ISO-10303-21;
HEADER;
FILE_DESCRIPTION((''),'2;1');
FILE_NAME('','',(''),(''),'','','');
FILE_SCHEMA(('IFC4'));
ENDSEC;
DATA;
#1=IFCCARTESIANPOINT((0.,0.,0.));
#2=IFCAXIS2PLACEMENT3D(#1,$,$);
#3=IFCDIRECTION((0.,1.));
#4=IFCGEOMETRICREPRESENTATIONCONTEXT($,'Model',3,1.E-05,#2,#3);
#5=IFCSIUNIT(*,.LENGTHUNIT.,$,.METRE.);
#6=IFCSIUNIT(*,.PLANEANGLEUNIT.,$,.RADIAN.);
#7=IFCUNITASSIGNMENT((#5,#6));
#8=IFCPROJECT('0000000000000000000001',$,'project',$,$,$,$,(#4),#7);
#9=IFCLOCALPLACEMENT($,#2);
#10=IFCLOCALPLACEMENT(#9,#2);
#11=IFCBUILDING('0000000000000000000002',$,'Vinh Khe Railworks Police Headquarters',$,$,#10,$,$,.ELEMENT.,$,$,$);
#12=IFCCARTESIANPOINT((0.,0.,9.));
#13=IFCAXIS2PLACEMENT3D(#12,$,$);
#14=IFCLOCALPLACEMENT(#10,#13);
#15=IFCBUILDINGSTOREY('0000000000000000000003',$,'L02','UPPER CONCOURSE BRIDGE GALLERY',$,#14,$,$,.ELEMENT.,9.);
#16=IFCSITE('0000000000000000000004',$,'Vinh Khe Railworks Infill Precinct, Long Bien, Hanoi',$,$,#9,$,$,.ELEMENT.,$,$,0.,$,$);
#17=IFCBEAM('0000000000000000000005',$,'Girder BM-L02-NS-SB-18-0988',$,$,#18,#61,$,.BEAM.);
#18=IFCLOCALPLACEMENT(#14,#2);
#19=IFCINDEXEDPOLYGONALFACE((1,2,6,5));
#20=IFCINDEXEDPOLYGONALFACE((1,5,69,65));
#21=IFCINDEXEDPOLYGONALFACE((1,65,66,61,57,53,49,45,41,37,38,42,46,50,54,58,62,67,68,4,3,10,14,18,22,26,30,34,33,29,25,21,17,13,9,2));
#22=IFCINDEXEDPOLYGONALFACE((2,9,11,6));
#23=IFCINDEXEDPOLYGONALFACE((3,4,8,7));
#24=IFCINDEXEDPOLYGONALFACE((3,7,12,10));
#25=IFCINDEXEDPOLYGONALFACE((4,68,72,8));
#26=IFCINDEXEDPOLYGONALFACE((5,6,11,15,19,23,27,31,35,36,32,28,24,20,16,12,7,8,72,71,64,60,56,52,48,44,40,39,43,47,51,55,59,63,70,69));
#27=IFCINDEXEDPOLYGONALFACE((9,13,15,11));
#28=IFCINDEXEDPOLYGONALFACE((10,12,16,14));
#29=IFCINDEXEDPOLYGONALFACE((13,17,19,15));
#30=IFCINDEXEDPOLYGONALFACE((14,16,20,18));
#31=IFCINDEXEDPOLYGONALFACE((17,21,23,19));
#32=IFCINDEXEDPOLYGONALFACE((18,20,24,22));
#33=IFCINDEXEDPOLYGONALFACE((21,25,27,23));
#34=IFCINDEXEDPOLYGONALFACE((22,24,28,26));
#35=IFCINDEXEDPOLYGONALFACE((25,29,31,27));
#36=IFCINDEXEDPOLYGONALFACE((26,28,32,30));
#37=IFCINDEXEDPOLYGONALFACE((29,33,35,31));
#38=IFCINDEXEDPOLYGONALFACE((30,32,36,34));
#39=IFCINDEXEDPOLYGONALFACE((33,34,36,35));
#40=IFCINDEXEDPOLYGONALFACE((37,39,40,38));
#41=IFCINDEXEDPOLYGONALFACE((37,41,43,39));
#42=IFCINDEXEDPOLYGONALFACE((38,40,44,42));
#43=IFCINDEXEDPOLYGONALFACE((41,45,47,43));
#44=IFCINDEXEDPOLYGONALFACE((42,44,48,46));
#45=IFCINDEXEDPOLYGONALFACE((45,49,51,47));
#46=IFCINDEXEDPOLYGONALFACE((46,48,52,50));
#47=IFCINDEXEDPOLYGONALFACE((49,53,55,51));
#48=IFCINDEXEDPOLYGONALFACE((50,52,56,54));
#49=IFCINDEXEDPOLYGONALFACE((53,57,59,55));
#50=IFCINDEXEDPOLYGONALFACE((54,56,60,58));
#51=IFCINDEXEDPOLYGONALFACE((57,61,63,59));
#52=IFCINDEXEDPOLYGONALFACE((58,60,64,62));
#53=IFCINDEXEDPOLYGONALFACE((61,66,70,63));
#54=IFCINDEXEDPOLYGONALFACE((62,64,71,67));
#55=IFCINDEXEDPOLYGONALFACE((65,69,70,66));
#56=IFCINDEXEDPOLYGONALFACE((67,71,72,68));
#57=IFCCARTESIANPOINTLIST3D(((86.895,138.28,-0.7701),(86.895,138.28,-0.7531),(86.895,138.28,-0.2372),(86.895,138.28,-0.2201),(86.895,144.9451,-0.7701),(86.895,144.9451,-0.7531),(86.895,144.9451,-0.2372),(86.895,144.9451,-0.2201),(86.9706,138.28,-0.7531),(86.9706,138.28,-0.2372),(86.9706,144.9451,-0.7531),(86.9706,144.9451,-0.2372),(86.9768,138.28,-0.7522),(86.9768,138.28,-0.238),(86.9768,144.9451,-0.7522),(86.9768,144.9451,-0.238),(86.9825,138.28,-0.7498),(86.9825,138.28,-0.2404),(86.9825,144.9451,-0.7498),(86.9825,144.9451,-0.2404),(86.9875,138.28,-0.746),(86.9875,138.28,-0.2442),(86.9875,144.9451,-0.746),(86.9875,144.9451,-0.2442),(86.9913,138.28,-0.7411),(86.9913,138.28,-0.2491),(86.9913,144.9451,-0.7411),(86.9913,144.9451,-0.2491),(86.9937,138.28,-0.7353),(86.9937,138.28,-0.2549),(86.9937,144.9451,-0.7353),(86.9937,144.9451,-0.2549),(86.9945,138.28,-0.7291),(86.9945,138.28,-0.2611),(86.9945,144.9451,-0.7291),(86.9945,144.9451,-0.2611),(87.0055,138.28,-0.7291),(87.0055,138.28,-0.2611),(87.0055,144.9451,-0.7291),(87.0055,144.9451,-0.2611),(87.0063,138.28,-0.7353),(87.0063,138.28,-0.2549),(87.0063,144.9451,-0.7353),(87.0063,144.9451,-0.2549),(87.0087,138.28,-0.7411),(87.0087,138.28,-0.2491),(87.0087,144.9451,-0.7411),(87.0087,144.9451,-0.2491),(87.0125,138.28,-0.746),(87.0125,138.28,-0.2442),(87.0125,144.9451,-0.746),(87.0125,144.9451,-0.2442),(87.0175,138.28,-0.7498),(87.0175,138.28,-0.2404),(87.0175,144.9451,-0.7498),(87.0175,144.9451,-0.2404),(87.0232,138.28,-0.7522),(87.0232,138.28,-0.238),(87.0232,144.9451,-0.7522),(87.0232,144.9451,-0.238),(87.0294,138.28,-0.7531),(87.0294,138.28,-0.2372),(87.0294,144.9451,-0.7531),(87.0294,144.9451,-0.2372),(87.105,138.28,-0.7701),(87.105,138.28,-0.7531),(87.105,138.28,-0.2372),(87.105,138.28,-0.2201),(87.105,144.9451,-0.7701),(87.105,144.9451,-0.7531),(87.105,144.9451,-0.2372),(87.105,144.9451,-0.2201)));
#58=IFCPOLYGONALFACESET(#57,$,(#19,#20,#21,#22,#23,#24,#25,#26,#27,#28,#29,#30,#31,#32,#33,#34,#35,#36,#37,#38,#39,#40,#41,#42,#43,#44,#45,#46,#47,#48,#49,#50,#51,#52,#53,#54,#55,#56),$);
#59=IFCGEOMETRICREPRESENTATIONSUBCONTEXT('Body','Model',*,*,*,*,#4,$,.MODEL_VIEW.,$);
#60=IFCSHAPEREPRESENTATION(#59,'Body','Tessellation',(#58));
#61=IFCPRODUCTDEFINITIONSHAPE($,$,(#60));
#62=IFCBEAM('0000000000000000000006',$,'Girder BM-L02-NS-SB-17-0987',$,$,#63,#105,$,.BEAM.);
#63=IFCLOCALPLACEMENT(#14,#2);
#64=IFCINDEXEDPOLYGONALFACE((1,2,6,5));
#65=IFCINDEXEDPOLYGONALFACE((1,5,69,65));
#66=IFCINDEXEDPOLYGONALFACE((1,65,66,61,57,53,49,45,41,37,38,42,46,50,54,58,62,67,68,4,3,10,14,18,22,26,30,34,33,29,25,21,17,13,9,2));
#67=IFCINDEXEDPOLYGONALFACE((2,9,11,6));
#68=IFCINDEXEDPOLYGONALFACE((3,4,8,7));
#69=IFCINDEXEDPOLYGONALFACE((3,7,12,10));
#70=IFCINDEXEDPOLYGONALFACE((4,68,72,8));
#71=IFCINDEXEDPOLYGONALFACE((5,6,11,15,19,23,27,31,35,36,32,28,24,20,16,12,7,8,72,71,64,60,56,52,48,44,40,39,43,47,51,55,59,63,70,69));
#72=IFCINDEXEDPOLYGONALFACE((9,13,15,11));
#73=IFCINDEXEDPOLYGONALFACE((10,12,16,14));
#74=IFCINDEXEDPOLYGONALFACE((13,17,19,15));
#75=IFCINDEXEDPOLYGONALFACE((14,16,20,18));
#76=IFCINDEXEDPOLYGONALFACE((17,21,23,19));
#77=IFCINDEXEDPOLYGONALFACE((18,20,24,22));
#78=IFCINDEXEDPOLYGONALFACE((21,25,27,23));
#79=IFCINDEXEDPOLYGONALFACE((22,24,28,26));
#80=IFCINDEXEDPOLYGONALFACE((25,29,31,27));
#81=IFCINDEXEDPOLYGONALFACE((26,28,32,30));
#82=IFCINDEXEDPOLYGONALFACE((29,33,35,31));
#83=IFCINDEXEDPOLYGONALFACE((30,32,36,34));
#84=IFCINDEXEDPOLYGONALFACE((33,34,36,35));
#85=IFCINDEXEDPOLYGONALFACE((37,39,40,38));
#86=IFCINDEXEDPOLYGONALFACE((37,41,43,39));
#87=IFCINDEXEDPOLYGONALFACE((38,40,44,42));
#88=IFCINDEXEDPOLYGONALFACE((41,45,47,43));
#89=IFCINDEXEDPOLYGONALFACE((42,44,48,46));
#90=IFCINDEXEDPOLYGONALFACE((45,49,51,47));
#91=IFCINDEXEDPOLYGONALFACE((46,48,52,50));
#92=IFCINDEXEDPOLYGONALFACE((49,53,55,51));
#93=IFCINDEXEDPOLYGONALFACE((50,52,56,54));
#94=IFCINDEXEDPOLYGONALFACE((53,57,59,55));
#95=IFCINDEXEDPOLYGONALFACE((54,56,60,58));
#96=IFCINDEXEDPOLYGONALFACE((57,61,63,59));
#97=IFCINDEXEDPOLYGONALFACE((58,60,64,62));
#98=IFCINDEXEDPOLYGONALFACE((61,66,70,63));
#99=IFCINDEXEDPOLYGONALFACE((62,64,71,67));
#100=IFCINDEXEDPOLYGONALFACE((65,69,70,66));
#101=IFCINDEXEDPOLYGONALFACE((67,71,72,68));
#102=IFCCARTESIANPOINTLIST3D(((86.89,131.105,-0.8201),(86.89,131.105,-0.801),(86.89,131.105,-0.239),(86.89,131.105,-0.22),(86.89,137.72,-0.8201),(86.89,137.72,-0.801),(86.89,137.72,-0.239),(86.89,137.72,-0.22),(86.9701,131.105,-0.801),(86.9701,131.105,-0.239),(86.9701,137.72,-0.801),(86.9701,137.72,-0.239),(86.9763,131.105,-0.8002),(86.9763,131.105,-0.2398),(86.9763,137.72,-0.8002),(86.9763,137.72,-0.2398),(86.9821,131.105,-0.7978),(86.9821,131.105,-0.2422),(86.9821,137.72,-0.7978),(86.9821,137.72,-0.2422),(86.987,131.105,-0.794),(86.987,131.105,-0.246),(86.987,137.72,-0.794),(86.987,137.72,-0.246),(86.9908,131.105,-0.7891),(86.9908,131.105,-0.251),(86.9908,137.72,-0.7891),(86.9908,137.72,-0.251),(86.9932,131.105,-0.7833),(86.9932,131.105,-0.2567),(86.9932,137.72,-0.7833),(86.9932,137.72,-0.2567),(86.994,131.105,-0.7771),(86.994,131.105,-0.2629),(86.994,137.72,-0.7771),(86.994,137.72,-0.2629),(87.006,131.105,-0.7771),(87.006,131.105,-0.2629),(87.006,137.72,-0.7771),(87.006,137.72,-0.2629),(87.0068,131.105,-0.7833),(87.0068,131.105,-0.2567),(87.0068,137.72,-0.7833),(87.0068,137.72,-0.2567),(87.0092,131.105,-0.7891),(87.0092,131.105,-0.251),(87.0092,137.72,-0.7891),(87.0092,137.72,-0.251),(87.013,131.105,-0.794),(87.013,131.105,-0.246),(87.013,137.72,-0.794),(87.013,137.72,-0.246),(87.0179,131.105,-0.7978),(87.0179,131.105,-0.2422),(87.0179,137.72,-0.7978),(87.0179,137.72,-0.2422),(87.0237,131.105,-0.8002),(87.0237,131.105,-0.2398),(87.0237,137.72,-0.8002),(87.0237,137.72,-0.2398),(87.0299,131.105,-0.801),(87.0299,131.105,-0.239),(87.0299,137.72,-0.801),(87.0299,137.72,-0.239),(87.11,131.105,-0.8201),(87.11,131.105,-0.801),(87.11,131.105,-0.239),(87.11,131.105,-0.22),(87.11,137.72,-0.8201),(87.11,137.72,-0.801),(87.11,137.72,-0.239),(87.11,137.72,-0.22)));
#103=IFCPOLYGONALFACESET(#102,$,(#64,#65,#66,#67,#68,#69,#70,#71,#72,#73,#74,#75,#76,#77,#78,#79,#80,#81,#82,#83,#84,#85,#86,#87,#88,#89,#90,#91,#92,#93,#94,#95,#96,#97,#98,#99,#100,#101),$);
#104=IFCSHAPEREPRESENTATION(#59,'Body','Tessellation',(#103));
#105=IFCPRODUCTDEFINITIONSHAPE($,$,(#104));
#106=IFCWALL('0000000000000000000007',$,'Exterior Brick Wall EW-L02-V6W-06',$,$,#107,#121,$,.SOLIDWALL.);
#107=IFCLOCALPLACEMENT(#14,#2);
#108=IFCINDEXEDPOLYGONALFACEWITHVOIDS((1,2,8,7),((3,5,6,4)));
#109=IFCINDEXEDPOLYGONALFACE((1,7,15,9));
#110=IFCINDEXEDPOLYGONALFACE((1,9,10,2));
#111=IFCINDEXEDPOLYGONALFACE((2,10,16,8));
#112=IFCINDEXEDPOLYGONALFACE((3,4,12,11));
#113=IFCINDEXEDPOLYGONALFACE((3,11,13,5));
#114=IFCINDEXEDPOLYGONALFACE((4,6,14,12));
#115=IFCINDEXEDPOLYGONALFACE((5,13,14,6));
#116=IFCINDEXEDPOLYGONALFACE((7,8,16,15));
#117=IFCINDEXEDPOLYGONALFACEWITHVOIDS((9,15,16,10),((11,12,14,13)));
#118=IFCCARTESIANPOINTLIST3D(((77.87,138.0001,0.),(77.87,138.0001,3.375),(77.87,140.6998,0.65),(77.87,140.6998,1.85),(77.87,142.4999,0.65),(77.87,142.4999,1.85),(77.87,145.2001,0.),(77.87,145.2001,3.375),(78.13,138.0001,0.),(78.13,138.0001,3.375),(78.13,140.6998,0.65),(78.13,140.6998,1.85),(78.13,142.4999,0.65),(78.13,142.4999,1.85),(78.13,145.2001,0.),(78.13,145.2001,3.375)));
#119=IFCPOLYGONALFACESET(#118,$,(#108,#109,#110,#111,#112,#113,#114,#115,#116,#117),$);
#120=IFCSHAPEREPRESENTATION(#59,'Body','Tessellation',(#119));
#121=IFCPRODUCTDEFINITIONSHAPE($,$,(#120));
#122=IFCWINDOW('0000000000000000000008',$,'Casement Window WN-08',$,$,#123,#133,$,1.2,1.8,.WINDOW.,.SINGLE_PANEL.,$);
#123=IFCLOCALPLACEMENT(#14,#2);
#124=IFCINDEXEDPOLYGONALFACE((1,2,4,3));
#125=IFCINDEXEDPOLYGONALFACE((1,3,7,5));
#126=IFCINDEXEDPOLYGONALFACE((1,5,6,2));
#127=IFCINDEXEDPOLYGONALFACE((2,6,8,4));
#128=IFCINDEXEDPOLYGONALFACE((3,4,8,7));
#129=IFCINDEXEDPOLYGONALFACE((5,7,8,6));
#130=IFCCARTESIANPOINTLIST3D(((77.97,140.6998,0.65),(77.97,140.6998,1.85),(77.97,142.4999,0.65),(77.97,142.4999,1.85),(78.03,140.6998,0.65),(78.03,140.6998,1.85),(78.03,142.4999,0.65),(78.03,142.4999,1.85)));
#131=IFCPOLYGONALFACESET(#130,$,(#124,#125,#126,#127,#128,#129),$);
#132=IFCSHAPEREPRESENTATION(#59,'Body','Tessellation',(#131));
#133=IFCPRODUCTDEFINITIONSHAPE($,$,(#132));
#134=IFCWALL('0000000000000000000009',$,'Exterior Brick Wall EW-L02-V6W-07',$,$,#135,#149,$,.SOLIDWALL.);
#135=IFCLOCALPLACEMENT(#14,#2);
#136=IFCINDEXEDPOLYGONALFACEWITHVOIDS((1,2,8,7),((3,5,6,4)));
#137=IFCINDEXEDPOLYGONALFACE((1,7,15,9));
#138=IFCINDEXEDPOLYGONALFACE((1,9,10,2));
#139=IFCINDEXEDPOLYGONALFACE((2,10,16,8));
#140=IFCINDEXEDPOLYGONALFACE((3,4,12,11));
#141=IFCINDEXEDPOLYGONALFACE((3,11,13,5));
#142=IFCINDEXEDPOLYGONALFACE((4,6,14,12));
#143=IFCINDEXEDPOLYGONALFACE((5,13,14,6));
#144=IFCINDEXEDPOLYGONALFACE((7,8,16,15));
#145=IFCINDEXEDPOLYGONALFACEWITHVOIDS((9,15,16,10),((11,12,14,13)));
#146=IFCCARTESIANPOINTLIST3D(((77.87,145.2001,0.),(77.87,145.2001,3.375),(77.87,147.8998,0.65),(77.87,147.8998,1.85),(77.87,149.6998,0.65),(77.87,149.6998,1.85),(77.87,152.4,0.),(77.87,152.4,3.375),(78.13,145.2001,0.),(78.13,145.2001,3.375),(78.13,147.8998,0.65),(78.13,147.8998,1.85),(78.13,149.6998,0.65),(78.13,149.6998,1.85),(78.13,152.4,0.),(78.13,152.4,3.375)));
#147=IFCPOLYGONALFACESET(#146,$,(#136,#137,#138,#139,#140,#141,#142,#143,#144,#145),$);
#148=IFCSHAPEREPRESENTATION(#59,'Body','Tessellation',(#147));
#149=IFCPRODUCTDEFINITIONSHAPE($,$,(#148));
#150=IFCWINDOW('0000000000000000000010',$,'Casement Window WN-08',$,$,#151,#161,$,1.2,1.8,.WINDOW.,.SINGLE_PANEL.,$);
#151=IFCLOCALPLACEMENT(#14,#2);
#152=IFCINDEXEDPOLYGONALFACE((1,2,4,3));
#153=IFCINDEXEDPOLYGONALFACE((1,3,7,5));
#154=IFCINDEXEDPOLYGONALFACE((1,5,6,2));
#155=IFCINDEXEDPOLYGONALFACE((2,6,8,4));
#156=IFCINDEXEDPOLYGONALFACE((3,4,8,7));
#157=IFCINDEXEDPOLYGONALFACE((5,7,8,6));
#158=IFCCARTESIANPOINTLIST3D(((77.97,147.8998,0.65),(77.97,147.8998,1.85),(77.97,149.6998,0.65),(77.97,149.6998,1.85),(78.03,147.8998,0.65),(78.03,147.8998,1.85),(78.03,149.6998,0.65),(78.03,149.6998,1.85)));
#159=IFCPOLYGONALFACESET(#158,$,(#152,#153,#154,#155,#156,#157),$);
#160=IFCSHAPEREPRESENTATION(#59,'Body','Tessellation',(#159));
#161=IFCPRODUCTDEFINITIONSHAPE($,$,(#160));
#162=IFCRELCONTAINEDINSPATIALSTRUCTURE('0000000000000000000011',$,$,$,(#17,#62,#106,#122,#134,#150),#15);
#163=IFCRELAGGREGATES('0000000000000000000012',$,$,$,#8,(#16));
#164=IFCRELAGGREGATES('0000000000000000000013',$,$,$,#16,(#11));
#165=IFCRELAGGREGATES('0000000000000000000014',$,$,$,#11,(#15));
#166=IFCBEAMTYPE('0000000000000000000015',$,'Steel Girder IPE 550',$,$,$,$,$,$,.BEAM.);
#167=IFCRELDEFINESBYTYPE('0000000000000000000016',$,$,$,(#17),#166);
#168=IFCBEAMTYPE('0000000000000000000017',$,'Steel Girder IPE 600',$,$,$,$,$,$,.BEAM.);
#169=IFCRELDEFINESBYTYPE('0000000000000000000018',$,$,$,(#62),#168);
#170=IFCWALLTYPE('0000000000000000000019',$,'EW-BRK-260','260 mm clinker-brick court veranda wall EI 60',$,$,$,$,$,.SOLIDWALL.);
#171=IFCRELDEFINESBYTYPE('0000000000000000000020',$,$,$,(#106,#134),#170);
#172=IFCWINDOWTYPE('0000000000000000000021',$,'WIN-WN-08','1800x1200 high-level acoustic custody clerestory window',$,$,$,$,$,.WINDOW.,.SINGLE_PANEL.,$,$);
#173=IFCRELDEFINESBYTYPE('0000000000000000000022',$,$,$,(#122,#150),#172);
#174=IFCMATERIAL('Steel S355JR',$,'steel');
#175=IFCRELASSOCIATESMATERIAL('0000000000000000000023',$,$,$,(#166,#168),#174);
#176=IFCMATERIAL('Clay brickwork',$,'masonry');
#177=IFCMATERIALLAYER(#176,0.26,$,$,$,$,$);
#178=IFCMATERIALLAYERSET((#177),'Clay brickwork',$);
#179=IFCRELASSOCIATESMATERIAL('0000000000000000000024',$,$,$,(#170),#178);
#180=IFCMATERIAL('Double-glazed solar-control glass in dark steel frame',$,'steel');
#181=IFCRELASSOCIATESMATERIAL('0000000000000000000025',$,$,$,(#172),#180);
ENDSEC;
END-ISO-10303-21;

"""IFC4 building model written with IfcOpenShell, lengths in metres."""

from ifc_helpers import new_model, si_unit, direction, frame, frame_2d, origin, origin_2d, place, context, subcontext, project, spatial, rectangle, i_section, extrude, material, layer, layer_set, material_profile, profile_set, type_object, element, fill, save


model = new_model("IFC4")

# Units and contexts
model_context = context("Model", 3, precision=1e-05, world=origin(), true_north=direction((0.0, 1.0)))
body_context = subcontext(model_context, "Body", "Model", "MODEL_VIEW")
ifc_project = project(units=[si_unit("LENGTHUNIT", "METRE"), si_unit("PLANEANGLEUNIT", "RADIAN")], contexts=[model_context])

# Site, building, storey
site_placement = place(None, origin())
site = spatial("IfcSite", under=ifc_project, at=site_placement, Name="Vinh Khe Railworks Infill Precinct, Long Bien, Hanoi", CompositionType="ELEMENT", RefElevation=0.0)
building_placement = place(site_placement, origin())
building = spatial("IfcBuilding", under=site, at=building_placement, Name="Vinh Khe Railworks Police Headquarters", CompositionType="ELEMENT")
storey_placement = place(building_placement, frame((0.0, 0.0, 9.0)))
storey = spatial("IfcBuildingStorey", under=building, at=storey_placement, Name="L02", Description="UPPER CONCOURSE BRIDGE GALLERY", CompositionType="ELEMENT", Elevation=9.0)

# Shared definitions
ifc_material_1 = material(Name="Steel S355JR", Category="steel")

# Beams
ifc_material_profile_1 = material_profile(ifc_material_1, i_section(OverallWidth=0.21, OverallDepth=0.55, WebThickness=0.011, FlangeThickness=0.0171, FilletRadius=0.0239, at=origin_2d()), Name="IPE 550")
ifc_profile_set_1 = profile_set([ifc_material_profile_1], Name="Steel S355JR")
beam_type_1 = type_object("IfcBeamType", Name="Steel Girder IPE 550", PredefinedType="BEAM", material=ifc_profile_set_1)
beam_1_placement = place(storey_placement, frame((87.0, 138.28, -0.4951), z_axis=(0.0, 1.0, 0.0), x_axis=(-1.0, 0.0, 0.0)))
element("IfcBeam", 1, at=beam_1_placement, inside=storey, type_object=beam_type_1, Name="Girder BM-L02-NS-SB-18-0988", PredefinedType="BEAM", context=body_context, shape_type="SweptSolid", body=[
    extrude(i_section(OverallWidth=0.21, OverallDepth=0.55, WebThickness=0.011, FlangeThickness=0.0171, FilletRadius=0.0239, at=origin_2d()), origin(), (0.0, 0.0, 1.0), 6.665),
])
ifc_material_profile_2 = material_profile(ifc_material_1, i_section(OverallWidth=0.22, OverallDepth=0.6001, WebThickness=0.012, FlangeThickness=0.019, FilletRadius=0.0239, at=origin_2d()), Name="IPE 600")
ifc_profile_set_2 = profile_set([ifc_material_profile_2], Name="Steel S355JR")
beam_type_2 = type_object("IfcBeamType", Name="Steel Girder IPE 600", PredefinedType="BEAM", material=ifc_profile_set_2)
beam_2_placement = place(storey_placement, frame((87.0, 131.105, -0.52), z_axis=(0.0, 1.0, 0.0), x_axis=(-1.0, 0.0, 0.0)))
element("IfcBeam", 2, at=beam_2_placement, inside=storey, type_object=beam_type_2, Name="Girder BM-L02-NS-SB-17-0987", PredefinedType="BEAM", context=body_context, shape_type="SweptSolid", body=[
    extrude(i_section(OverallWidth=0.22, OverallDepth=0.6001, WebThickness=0.012, FlangeThickness=0.019, FilletRadius=0.0239, at=origin_2d()), origin(), (0.0, 0.0, 1.0), 6.615),
])

# Walls, openings, windows
ifc_material_2 = material(Name="Clay brickwork", Category="masonry")
ifc_layer_1 = layer(ifc_material_2, 0.26)
ifc_layer_set_1 = layer_set([ifc_layer_1], Name="Clay brickwork")
wall_type_1 = type_object("IfcWallType", Name="EW-BRK-260", Description="260 mm clinker-brick court veranda wall EI 60", PredefinedType="SOLIDWALL", material=ifc_layer_set_1)
wall_1_placement = place(storey_placement, frame((78.0, 138.0, 0.0), z_axis=(0.0, 0.0, 1.0), x_axis=(0.0, 1.0, 0.0)))
wall_1 = element("IfcWall", 3, at=wall_1_placement, inside=storey, type_object=wall_type_1, Name="Exterior Brick Wall EW-L02-V6W-06", PredefinedType="SOLIDWALL", context=body_context, shape_type="SweptSolid", body=[
    extrude(rectangle(XDim=7.2, YDim=0.26, at=frame_2d((3.6001, 0.0))), origin(), (0.0, 0.0, 1.0), 3.375),
])
opening_1_placement = place(wall_1_placement, frame((2.7, 0.0, 0.6499)))
opening_1 = element("IfcOpeningElement", 4, at=opening_1_placement, cuts=wall_1, PredefinedType="OPENING", context=body_context, shape_type="SweptSolid", body=[
    extrude(rectangle(XDim=1.8, YDim=1.2, at=frame_2d((0.8999, 0.6001))), frame((0.0, 0.145, 0.0), z_axis=(0.0, -1.0, 0.0), x_axis=(1.0, 0.0, 0.0)), (0.0, 0.0, 1.0), 0.2898),
])
ifc_material_3 = material(Name="Double-glazed solar-control glass in dark steel frame", Category="steel")
window_type_1 = type_object("IfcWindowType", Name="WIN-WN-08", Description="1800x1200 high-level acoustic custody clerestory window", PartitioningType="SINGLE_PANEL", PredefinedType="WINDOW", material=ifc_material_3)
window_1_placement = place(opening_1_placement, origin())
window_1 = element("IfcWindow", 5, at=window_1_placement, inside=storey, type_object=window_type_1, Name="Casement Window WN-08", OverallHeight=1.2, OverallWidth=1.8, PartitioningType="SINGLE_PANEL", PredefinedType="WINDOW", context=body_context, shape_type="SweptSolid", body=[
    extrude(rectangle(XDim=1.8, YDim=1.2, at=frame_2d((0.8999, 0.6001))), frame((0.0, 0.03, 0.0), z_axis=(0.0, -1.0, 0.0), x_axis=(1.0, 0.0, 0.0)), (0.0, 0.0, 1.0), 0.0601),
])
fill(opening_1, window_1)
wall_2_placement = place(storey_placement, frame((78.0, 145.2, 0.0), z_axis=(0.0, 0.0, 1.0), x_axis=(0.0, 1.0, 0.0)))
wall_2 = element("IfcWall", 6, at=wall_2_placement, inside=storey, type_object=wall_type_1, Name="Exterior Brick Wall EW-L02-V6W-07", PredefinedType="SOLIDWALL", context=body_context, shape_type="SweptSolid", body=[
    extrude(rectangle(XDim=7.2, YDim=0.26, at=frame_2d((3.6001, 0.0))), origin(), (0.0, 0.0, 1.0), 3.375),
])
opening_2_placement = place(wall_2_placement, frame((2.7, 0.0, 0.6499)))
opening_2 = element("IfcOpeningElement", 7, at=opening_2_placement, cuts=wall_2, PredefinedType="OPENING", context=body_context, shape_type="SweptSolid", body=[
    extrude(rectangle(XDim=1.8, YDim=1.2, at=frame_2d((0.8999, 0.6001))), frame((0.0, 0.145, 0.0), z_axis=(0.0, -1.0, 0.0), x_axis=(1.0, 0.0, 0.0)), (0.0, 0.0, 1.0), 0.2898),
])
window_2_placement = place(opening_2_placement, origin())
window_2 = element("IfcWindow", 8, at=window_2_placement, inside=storey, type_object=window_type_1, Name="Casement Window WN-08", OverallHeight=1.2, OverallWidth=1.8, PartitioningType="SINGLE_PANEL", PredefinedType="WINDOW", context=body_context, shape_type="SweptSolid", body=[
    extrude(rectangle(XDim=1.8, YDim=1.2, at=frame_2d((0.8999, 0.6001))), frame((0.0, 0.03, 0.0), z_axis=(0.0, -1.0, 0.0), x_axis=(1.0, 0.0, 0.0)), (0.0, 0.0, 1.0), 0.0601),
])
fill(opening_2, window_2)

save(model, "model.ifc")
